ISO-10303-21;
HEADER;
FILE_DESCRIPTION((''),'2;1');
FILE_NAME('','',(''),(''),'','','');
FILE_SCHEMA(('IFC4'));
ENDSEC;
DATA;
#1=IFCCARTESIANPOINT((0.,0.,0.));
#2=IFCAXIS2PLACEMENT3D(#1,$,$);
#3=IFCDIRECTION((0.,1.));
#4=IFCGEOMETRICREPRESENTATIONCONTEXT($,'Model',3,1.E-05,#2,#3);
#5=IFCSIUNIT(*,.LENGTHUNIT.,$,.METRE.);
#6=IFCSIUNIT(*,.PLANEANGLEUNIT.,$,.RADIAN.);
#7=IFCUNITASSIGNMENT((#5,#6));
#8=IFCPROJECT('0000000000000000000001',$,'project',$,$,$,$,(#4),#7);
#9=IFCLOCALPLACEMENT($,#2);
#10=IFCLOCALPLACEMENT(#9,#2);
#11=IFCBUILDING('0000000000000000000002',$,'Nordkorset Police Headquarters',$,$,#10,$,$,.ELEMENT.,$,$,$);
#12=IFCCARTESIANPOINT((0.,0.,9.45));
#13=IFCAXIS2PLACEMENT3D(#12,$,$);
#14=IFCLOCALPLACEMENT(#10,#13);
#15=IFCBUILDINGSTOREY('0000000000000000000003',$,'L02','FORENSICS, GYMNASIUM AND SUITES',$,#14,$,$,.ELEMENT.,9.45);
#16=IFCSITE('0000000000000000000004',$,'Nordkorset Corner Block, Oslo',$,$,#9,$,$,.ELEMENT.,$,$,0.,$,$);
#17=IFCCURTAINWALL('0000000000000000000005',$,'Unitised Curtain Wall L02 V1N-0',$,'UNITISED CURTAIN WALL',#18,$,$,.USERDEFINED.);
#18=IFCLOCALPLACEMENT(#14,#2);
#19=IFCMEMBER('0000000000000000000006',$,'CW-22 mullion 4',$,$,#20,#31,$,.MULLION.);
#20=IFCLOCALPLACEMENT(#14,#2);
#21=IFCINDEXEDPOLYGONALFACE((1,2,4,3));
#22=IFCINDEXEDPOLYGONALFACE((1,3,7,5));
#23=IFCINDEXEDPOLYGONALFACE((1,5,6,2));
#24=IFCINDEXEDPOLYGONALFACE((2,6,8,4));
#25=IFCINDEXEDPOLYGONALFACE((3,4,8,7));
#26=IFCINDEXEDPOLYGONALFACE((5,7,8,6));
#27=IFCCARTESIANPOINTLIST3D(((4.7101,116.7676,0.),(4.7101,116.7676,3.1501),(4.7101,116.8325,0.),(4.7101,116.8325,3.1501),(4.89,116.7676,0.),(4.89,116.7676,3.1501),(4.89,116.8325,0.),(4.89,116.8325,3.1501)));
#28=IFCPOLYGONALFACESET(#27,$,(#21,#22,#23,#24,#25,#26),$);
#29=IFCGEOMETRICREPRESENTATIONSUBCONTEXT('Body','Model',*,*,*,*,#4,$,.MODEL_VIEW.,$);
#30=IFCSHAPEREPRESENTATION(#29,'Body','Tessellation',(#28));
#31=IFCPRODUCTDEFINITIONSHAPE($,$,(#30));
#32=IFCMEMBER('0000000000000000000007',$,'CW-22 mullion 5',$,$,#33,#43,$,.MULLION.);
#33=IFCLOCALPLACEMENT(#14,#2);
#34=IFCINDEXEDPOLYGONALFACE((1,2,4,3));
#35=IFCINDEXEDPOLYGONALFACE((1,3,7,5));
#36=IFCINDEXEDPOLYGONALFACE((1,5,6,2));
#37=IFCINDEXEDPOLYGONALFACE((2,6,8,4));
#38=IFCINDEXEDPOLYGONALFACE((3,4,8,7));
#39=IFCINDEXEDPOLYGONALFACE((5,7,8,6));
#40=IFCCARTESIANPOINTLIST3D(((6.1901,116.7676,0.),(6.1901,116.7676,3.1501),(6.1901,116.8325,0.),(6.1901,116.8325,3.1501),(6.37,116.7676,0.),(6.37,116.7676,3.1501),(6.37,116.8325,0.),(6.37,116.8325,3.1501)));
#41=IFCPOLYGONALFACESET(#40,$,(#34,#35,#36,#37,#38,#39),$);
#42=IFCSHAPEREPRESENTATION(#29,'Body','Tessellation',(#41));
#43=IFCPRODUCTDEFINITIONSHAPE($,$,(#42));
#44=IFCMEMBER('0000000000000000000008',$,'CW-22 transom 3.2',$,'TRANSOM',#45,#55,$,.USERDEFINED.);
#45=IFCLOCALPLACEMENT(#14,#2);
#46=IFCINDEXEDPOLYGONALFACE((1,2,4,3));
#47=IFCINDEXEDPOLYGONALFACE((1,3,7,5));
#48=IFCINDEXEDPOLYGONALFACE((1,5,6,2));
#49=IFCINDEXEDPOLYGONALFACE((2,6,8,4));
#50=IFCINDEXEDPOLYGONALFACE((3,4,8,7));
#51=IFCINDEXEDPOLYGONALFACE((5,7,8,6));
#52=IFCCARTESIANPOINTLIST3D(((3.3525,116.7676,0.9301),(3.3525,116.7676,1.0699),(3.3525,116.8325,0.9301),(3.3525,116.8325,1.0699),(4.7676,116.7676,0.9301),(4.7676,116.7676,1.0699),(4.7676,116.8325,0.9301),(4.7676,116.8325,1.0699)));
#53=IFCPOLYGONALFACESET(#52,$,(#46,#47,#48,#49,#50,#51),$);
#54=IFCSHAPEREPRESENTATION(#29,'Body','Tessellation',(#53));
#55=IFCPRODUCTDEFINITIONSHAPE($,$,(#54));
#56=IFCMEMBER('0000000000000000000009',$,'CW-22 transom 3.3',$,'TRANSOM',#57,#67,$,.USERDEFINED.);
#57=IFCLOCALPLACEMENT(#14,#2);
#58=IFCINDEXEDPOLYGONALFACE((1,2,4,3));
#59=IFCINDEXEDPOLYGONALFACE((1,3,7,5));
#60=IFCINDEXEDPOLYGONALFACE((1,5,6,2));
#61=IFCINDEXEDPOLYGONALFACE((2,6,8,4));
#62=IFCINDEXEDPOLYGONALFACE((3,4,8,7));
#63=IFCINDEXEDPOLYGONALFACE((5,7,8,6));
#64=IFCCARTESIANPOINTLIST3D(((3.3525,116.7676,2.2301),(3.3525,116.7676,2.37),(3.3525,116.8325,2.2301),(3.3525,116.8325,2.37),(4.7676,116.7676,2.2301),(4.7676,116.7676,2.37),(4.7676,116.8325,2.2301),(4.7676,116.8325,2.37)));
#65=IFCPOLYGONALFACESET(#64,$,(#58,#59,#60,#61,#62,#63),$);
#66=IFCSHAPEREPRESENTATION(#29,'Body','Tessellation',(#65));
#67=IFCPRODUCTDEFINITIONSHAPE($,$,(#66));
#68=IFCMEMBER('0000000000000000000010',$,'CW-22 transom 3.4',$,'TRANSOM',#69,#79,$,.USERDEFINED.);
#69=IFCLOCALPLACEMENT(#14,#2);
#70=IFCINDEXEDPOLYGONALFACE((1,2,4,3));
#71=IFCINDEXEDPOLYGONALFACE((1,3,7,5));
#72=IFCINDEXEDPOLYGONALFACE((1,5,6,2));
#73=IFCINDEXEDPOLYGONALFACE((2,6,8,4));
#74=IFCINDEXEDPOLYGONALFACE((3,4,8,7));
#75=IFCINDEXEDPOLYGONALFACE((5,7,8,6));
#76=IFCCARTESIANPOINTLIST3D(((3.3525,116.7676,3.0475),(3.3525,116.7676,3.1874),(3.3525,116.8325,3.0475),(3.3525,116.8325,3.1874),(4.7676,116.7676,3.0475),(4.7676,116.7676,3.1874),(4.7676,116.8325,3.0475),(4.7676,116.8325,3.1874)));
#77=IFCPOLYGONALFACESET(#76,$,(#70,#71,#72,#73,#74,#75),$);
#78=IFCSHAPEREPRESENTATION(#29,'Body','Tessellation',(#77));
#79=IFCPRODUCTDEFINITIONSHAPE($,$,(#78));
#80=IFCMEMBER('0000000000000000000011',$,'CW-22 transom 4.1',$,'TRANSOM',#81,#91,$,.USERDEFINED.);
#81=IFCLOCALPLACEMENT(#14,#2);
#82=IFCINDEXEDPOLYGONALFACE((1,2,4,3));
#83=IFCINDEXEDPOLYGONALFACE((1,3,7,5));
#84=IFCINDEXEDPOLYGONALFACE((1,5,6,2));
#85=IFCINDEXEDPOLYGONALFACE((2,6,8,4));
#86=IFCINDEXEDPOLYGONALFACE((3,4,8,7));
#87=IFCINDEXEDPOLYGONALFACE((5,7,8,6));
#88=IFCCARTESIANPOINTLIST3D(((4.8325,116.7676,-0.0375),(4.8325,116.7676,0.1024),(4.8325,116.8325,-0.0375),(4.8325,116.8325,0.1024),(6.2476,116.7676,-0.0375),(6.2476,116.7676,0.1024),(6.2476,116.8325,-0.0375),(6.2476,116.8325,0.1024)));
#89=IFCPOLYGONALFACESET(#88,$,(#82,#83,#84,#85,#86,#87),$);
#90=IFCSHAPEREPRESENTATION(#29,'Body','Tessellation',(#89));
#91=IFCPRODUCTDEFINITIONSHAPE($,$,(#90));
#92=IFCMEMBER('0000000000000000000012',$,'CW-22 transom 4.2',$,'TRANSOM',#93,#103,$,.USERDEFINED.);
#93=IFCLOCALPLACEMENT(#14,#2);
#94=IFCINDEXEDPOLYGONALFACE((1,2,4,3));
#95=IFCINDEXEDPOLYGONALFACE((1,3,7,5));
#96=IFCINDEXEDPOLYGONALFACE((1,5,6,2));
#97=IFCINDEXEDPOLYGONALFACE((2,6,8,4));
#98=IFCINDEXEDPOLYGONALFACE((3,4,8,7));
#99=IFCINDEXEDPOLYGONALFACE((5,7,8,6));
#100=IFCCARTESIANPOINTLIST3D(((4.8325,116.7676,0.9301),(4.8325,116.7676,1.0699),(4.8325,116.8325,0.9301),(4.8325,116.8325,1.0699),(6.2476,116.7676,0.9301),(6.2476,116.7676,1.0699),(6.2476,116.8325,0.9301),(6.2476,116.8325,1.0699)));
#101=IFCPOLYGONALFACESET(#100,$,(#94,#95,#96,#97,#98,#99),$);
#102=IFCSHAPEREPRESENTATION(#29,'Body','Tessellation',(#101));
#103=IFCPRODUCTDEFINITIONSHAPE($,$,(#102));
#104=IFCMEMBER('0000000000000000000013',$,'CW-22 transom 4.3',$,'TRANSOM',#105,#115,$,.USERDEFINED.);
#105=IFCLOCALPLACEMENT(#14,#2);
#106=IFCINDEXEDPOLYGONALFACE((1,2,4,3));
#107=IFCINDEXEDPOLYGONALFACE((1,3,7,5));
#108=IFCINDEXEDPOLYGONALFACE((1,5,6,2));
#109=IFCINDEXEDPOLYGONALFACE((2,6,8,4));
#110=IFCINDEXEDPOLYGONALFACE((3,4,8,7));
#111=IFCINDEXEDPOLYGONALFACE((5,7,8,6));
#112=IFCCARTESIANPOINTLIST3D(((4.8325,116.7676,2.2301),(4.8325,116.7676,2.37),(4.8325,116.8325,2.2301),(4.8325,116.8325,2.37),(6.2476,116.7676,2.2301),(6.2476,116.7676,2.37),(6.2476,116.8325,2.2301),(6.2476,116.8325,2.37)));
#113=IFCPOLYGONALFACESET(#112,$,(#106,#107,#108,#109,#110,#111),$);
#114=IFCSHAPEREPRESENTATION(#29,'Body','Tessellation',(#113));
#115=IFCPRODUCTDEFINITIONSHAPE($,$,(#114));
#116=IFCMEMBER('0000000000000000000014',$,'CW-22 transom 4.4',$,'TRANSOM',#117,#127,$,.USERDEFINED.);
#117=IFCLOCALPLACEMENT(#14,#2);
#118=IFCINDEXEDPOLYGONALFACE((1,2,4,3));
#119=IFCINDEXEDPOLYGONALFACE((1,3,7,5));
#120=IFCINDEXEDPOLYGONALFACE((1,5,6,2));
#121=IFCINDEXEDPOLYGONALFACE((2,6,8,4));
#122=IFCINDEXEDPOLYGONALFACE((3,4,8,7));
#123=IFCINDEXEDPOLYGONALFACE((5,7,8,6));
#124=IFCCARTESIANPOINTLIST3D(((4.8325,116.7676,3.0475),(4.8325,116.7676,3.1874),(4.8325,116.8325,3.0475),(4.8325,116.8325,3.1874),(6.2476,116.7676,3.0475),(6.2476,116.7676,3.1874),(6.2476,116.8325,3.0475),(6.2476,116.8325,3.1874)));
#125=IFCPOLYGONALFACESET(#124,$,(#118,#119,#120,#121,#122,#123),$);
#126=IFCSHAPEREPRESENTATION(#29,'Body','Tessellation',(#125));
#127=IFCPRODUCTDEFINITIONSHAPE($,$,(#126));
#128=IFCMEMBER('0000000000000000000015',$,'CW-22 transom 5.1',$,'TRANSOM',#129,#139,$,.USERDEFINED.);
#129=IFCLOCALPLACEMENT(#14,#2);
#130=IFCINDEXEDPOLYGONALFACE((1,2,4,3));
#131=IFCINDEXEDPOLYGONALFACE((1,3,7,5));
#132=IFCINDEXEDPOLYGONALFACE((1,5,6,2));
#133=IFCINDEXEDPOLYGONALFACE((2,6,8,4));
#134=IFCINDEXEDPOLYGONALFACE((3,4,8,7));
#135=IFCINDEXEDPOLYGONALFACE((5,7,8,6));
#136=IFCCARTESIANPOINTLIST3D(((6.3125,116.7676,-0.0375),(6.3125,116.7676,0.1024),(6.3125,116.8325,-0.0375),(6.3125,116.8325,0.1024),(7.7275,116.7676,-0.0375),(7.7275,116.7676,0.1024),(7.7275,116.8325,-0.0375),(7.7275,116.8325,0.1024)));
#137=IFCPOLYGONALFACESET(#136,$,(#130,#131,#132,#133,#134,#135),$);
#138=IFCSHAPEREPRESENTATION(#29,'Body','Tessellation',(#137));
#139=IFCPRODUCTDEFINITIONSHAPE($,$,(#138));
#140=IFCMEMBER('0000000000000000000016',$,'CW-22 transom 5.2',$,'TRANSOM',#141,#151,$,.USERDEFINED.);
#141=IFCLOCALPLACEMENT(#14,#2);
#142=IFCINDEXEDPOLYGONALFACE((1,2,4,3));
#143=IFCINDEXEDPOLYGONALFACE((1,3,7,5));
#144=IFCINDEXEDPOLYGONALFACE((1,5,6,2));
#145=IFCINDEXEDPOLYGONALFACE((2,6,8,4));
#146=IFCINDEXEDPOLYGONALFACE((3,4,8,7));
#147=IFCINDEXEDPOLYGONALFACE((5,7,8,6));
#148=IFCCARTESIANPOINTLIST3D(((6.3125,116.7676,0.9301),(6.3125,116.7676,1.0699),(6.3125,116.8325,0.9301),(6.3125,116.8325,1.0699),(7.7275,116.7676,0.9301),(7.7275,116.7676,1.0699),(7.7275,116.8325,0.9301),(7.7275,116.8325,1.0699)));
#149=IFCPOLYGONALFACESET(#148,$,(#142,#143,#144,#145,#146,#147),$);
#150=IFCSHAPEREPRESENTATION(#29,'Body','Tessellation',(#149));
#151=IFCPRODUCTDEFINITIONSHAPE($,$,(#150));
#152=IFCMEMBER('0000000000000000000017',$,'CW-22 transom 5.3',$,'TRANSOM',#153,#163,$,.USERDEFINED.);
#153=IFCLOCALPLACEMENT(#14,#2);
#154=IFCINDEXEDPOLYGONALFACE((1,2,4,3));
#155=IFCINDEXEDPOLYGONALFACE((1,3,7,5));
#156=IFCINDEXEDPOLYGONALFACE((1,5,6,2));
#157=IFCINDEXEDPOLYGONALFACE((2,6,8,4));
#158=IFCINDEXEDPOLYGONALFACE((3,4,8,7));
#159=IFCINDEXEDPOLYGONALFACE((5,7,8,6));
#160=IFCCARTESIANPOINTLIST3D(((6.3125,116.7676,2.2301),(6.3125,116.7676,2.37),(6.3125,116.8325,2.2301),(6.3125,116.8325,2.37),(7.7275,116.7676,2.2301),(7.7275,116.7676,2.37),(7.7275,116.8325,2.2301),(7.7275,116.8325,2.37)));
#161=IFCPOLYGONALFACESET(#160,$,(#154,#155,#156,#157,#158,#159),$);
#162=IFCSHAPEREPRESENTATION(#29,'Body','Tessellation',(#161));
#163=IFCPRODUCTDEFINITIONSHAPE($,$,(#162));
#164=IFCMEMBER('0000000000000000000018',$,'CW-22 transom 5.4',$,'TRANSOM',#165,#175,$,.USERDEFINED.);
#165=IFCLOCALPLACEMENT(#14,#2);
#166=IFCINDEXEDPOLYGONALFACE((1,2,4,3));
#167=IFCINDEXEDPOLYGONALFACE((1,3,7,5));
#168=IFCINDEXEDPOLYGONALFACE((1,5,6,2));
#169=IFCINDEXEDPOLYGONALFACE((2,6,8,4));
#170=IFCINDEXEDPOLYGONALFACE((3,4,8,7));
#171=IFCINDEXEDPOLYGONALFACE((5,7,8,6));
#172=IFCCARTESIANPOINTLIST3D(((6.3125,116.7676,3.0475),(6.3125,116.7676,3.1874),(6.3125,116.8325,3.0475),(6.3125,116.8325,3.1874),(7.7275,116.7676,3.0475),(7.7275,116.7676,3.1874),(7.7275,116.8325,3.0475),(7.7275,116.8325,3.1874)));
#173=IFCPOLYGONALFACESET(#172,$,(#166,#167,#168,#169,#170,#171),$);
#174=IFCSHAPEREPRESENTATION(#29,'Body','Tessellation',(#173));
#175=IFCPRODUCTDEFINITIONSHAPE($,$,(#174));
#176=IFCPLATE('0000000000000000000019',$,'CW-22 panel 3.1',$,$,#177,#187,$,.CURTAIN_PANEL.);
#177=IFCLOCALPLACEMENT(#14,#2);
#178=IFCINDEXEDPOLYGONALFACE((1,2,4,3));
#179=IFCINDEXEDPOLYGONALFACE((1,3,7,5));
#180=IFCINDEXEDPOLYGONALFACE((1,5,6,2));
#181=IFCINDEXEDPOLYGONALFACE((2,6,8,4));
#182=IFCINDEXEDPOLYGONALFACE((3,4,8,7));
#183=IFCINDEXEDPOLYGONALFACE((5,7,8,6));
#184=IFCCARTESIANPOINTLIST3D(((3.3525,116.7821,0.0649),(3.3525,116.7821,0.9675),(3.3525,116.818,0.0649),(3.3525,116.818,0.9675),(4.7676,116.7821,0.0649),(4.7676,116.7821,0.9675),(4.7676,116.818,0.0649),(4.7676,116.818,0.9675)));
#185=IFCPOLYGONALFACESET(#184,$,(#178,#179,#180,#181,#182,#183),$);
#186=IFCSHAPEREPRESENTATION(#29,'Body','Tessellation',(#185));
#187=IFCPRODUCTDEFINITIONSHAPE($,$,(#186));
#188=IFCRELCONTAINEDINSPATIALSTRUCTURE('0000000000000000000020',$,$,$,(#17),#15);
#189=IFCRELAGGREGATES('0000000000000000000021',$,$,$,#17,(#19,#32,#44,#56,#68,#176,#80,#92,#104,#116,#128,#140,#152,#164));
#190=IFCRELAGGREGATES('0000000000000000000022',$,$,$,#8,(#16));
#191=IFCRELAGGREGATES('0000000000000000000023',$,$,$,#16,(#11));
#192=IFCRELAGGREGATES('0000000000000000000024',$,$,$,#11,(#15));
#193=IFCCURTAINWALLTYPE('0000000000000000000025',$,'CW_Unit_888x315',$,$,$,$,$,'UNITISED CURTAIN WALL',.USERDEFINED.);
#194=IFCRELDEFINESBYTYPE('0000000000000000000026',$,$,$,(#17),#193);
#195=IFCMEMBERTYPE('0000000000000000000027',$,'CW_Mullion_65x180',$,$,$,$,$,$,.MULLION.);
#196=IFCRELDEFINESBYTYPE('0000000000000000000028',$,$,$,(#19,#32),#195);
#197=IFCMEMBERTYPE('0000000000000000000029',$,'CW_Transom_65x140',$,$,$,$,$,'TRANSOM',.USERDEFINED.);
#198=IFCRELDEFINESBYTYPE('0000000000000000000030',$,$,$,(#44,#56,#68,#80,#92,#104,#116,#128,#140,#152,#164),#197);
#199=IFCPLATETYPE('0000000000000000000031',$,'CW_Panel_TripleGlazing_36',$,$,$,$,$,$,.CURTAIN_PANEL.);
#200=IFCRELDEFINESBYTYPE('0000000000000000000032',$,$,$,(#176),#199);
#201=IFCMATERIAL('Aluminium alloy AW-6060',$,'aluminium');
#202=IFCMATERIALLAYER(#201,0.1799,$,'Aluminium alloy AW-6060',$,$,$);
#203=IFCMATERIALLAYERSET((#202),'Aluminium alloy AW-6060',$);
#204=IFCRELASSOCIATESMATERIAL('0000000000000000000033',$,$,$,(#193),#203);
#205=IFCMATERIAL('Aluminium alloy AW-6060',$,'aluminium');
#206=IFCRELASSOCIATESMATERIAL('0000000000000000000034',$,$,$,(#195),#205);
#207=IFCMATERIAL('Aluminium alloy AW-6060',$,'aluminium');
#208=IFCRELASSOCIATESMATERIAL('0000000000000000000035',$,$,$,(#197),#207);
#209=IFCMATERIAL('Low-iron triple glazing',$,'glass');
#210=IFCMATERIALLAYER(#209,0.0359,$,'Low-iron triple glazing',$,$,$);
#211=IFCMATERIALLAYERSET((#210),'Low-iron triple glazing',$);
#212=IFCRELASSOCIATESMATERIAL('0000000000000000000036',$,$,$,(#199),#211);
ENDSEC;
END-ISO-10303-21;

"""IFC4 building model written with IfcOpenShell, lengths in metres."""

from ifc_helpers import new_model, si_unit, direction, frame, origin, origin_2d, place, context, subcontext, project, spatial, rectangle, extrude, material, layer, layer_set, material_profile, profile_set, type_object, element, aggregate, save


model = new_model("IFC4")

# Units and contexts
model_context = context("Model", 3, precision=1e-05, world=origin(), true_north=direction((0.0, 1.0)))
body_context = subcontext(model_context, "Body", "Model", "MODEL_VIEW")
ifc_project = project(units=[si_unit("LENGTHUNIT", "METRE"), si_unit("PLANEANGLEUNIT", "RADIAN")], contexts=[model_context])

# Site, building, storey
site_placement = place(None, origin())
site = spatial("IfcSite", under=ifc_project, at=site_placement, Name="Nordkorset Corner Block, Oslo", CompositionType="ELEMENT", RefElevation=0.0)
building_placement = place(site_placement, origin())
building = spatial("IfcBuilding", under=site, at=building_placement, Name="Nordkorset Police Headquarters", CompositionType="ELEMENT")
storey_placement = place(building_placement, frame((0.0, 0.0, 9.45)))
storey = spatial("IfcBuildingStorey", under=building, at=storey_placement, Name="L02", Description="FORENSICS, GYMNASIUM AND SUITES", CompositionType="ELEMENT", Elevation=9.45)

# Curtain wall, members, plate
ifc_material_1 = material(Name="Aluminium alloy AW-6060", Category="aluminium")
ifc_layer_1 = layer(ifc_material_1, 0.1799, Name="Aluminium alloy AW-6060")
ifc_layer_set_1 = layer_set([ifc_layer_1], Name="Aluminium alloy AW-6060")
curtain_wall_type = type_object("IfcCurtainWallType", Name="CW_Unit_888x315", ElementType="UNITISED CURTAIN WALL", PredefinedType="USERDEFINED", material=ifc_layer_set_1)
curtain_wall_placement = place(storey_placement, origin())
curtain_wall = element("IfcCurtainWall", 1, at=curtain_wall_placement, inside=storey, type_object=curtain_wall_type, Name="Unitised Curtain Wall L02 V1N-0", ObjectType="UNITISED CURTAIN WALL", PredefinedType="USERDEFINED")
ifc_material_2 = material(Name="Aluminium alloy AW-6060", Category="aluminium")
ifc_material_profile_1 = material_profile(ifc_material_2, rectangle(XDim=0.0649, YDim=0.1799, at=origin_2d()), Name="ALU MULL 65x180")
ifc_profile_set_1 = profile_set([ifc_material_profile_1], Name="Aluminium alloy AW-6060")
member_type_1 = type_object("IfcMemberType", Name="CW_Mullion_65x180", PredefinedType="MULLION", material=ifc_profile_set_1)
member_1_placement = place(storey_placement, frame((4.8, 116.8, 0.0), z_axis=(0.0, 0.0, 1.0), x_axis=(0.0, 1.0, 0.0)))
member_1 = element("IfcMember", 2, at=member_1_placement, type_object=member_type_1, Name="CW-22 mullion 4", PredefinedType="MULLION", context=body_context, shape_type="SweptSolid", body=[
    extrude(rectangle(XDim=0.0649, YDim=0.1799, at=origin_2d()), origin(), (0.0, 0.0, 1.0), 3.1501),
])
member_2_placement = place(storey_placement, frame((6.28, 116.8, 0.0), z_axis=(0.0, 0.0, 1.0), x_axis=(0.0, 1.0, 0.0)))
member_2 = element("IfcMember", 3, at=member_2_placement, type_object=member_type_1, Name="CW-22 mullion 5", PredefinedType="MULLION", context=body_context, shape_type="SweptSolid", body=[
    extrude(rectangle(XDim=0.0649, YDim=0.1799, at=origin_2d()), origin(), (0.0, 0.0, 1.0), 3.1501),
])
ifc_material_3 = material(Name="Aluminium alloy AW-6060", Category="aluminium")
ifc_material_profile_2 = material_profile(ifc_material_3, rectangle(XDim=0.0649, YDim=0.1399, at=origin_2d()), Name="ALU TRAN 65x140")
ifc_profile_set_2 = profile_set([ifc_material_profile_2], Name="Aluminium alloy AW-6060")
member_type_2 = type_object("IfcMemberType", Name="CW_Transom_65x140", ElementType="TRANSOM", PredefinedType="USERDEFINED", material=ifc_profile_set_2)
member_3_placement = place(storey_placement, frame((3.3525, 116.8, 1.0), z_axis=(1.0, 0.0, 0.0), x_axis=(0.0, 1.0, 0.0)))
member_3 = element("IfcMember", 4, at=member_3_placement, type_object=member_type_2, Name="CW-22 transom 3.2", ObjectType="TRANSOM", PredefinedType="USERDEFINED", context=body_context, shape_type="SweptSolid", body=[
    extrude(rectangle(XDim=0.0649, YDim=0.1399, at=origin_2d()), origin(), (0.0, 0.0, 1.0), 1.415),
])
member_4_placement = place(storey_placement, frame((3.3525, 116.8, 2.3), z_axis=(1.0, 0.0, 0.0), x_axis=(0.0, 1.0, 0.0)))
member_4 = element("IfcMember", 5, at=member_4_placement, type_object=member_type_2, Name="CW-22 transom 3.3", ObjectType="TRANSOM", PredefinedType="USERDEFINED", context=body_context, shape_type="SweptSolid", body=[
    extrude(rectangle(XDim=0.0649, YDim=0.1399, at=origin_2d()), origin(), (0.0, 0.0, 1.0), 1.415),
])
member_5_placement = place(storey_placement, frame((3.3525, 116.8, 3.1174), z_axis=(1.0, 0.0, 0.0), x_axis=(0.0, 1.0, 0.0)))
member_5 = element("IfcMember", 6, at=member_5_placement, type_object=member_type_2, Name="CW-22 transom 3.4", ObjectType="TRANSOM", PredefinedType="USERDEFINED", context=body_context, shape_type="SweptSolid", body=[
    extrude(rectangle(XDim=0.0649, YDim=0.1399, at=origin_2d()), origin(), (0.0, 0.0, 1.0), 1.415),
])
member_6_placement = place(storey_placement, frame((4.8325, 116.8, 0.0325), z_axis=(1.0, 0.0, 0.0), x_axis=(0.0, 1.0, 0.0)))
member_6 = element("IfcMember", 7, at=member_6_placement, type_object=member_type_2, Name="CW-22 transom 4.1", ObjectType="TRANSOM", PredefinedType="USERDEFINED", context=body_context, shape_type="SweptSolid", body=[
    extrude(rectangle(XDim=0.0649, YDim=0.1399, at=origin_2d()), origin(), (0.0, 0.0, 1.0), 1.415),
])
member_7_placement = place(storey_placement, frame((4.8325, 116.8, 1.0), z_axis=(1.0, 0.0, 0.0), x_axis=(0.0, 1.0, 0.0)))
member_7 = element("IfcMember", 8, at=member_7_placement, type_object=member_type_2, Name="CW-22 transom 4.2", ObjectType="TRANSOM", PredefinedType="USERDEFINED", context=body_context, shape_type="SweptSolid", body=[
    extrude(rectangle(XDim=0.0649, YDim=0.1399, at=origin_2d()), origin(), (0.0, 0.0, 1.0), 1.415),
])
member_8_placement = place(storey_placement, frame((4.8325, 116.8, 2.3), z_axis=(1.0, 0.0, 0.0), x_axis=(0.0, 1.0, 0.0)))
member_8 = element("IfcMember", 9, at=member_8_placement, type_object=member_type_2, Name="CW-22 transom 4.3", ObjectType="TRANSOM", PredefinedType="USERDEFINED", context=body_context, shape_type="SweptSolid", body=[
    extrude(rectangle(XDim=0.0649, YDim=0.1399, at=origin_2d()), origin(), (0.0, 0.0, 1.0), 1.415),
])
member_9_placement = place(storey_placement, frame((4.8325, 116.8, 3.1174), z_axis=(1.0, 0.0, 0.0), x_axis=(0.0, 1.0, 0.0)))
member_9 = element("IfcMember", 10, at=member_9_placement, type_object=member_type_2, Name="CW-22 transom 4.4", ObjectType="TRANSOM", PredefinedType="USERDEFINED", context=body_context, shape_type="SweptSolid", body=[
    extrude(rectangle(XDim=0.0649, YDim=0.1399, at=origin_2d()), origin(), (0.0, 0.0, 1.0), 1.415),
])
member_10_placement = place(storey_placement, frame((6.3125, 116.8, 0.0325), z_axis=(1.0, 0.0, 0.0), x_axis=(0.0, 1.0, 0.0)))
member_10 = element("IfcMember", 11, at=member_10_placement, type_object=member_type_2, Name="CW-22 transom 5.1", ObjectType="TRANSOM", PredefinedType="USERDEFINED", context=body_context, shape_type="SweptSolid", body=[
    extrude(rectangle(XDim=0.0649, YDim=0.1399, at=origin_2d()), origin(), (0.0, 0.0, 1.0), 1.415),
])
member_11_placement = place(storey_placement, frame((6.3125, 116.8, 1.0), z_axis=(1.0, 0.0, 0.0), x_axis=(0.0, 1.0, 0.0)))
member_11 = element("IfcMember", 12, at=member_11_placement, type_object=member_type_2, Name="CW-22 transom 5.2", ObjectType="TRANSOM", PredefinedType="USERDEFINED", context=body_context, shape_type="SweptSolid", body=[
    extrude(rectangle(XDim=0.0649, YDim=0.1399, at=origin_2d()), origin(), (0.0, 0.0, 1.0), 1.415),
])
member_12_placement = place(storey_placement, frame((6.3125, 116.8, 2.3), z_axis=(1.0, 0.0, 0.0), x_axis=(0.0, 1.0, 0.0)))
member_12 = element("IfcMember", 13, at=member_12_placement, type_object=member_type_2, Name="CW-22 transom 5.3", ObjectType="TRANSOM", PredefinedType="USERDEFINED", context=body_context, shape_type="SweptSolid", body=[
    extrude(rectangle(XDim=0.0649, YDim=0.1399, at=origin_2d()), origin(), (0.0, 0.0, 1.0), 1.415),
])
member_13_placement = place(storey_placement, frame((6.3125, 116.8, 3.1174), z_axis=(1.0, 0.0, 0.0), x_axis=(0.0, 1.0, 0.0)))
member_13 = element("IfcMember", 14, at=member_13_placement, type_object=member_type_2, Name="CW-22 transom 5.4", ObjectType="TRANSOM", PredefinedType="USERDEFINED", context=body_context, shape_type="SweptSolid", body=[
    extrude(rectangle(XDim=0.0649, YDim=0.1399, at=origin_2d()), origin(), (0.0, 0.0, 1.0), 1.415),
])
ifc_material_4 = material(Name="Low-iron triple glazing", Category="glass")
ifc_layer_2 = layer(ifc_material_4, 0.0359, Name="Low-iron triple glazing")
ifc_layer_set_2 = layer_set([ifc_layer_2], Name="Low-iron triple glazing")
plate_type = type_object("IfcPlateType", Name="CW_Panel_TripleGlazing_36", PredefinedType="CURTAIN_PANEL", material=ifc_layer_set_2)
plate_1_placement = place(storey_placement, frame((4.0601, 116.8, 0.0649), z_axis=(0.0, 0.0, 1.0), x_axis=(1.0, 0.0, 0.0)))
plate_1 = element("IfcPlate", 15, at=plate_1_placement, type_object=plate_type, Name="CW-22 panel 3.1", PredefinedType="CURTAIN_PANEL", context=body_context, shape_type="SweptSolid", body=[
    extrude(rectangle(XDim=1.415, YDim=0.0359, at=origin_2d()), origin(), (0.0, 0.0, 1.0), 0.9026),
])
aggregate(curtain_wall, [member_1, member_2, member_3, member_4, member_5, plate_1, member_6, member_7, member_8, member_9, member_10, member_11, member_12, member_13])

save(model, "model.ifc")
